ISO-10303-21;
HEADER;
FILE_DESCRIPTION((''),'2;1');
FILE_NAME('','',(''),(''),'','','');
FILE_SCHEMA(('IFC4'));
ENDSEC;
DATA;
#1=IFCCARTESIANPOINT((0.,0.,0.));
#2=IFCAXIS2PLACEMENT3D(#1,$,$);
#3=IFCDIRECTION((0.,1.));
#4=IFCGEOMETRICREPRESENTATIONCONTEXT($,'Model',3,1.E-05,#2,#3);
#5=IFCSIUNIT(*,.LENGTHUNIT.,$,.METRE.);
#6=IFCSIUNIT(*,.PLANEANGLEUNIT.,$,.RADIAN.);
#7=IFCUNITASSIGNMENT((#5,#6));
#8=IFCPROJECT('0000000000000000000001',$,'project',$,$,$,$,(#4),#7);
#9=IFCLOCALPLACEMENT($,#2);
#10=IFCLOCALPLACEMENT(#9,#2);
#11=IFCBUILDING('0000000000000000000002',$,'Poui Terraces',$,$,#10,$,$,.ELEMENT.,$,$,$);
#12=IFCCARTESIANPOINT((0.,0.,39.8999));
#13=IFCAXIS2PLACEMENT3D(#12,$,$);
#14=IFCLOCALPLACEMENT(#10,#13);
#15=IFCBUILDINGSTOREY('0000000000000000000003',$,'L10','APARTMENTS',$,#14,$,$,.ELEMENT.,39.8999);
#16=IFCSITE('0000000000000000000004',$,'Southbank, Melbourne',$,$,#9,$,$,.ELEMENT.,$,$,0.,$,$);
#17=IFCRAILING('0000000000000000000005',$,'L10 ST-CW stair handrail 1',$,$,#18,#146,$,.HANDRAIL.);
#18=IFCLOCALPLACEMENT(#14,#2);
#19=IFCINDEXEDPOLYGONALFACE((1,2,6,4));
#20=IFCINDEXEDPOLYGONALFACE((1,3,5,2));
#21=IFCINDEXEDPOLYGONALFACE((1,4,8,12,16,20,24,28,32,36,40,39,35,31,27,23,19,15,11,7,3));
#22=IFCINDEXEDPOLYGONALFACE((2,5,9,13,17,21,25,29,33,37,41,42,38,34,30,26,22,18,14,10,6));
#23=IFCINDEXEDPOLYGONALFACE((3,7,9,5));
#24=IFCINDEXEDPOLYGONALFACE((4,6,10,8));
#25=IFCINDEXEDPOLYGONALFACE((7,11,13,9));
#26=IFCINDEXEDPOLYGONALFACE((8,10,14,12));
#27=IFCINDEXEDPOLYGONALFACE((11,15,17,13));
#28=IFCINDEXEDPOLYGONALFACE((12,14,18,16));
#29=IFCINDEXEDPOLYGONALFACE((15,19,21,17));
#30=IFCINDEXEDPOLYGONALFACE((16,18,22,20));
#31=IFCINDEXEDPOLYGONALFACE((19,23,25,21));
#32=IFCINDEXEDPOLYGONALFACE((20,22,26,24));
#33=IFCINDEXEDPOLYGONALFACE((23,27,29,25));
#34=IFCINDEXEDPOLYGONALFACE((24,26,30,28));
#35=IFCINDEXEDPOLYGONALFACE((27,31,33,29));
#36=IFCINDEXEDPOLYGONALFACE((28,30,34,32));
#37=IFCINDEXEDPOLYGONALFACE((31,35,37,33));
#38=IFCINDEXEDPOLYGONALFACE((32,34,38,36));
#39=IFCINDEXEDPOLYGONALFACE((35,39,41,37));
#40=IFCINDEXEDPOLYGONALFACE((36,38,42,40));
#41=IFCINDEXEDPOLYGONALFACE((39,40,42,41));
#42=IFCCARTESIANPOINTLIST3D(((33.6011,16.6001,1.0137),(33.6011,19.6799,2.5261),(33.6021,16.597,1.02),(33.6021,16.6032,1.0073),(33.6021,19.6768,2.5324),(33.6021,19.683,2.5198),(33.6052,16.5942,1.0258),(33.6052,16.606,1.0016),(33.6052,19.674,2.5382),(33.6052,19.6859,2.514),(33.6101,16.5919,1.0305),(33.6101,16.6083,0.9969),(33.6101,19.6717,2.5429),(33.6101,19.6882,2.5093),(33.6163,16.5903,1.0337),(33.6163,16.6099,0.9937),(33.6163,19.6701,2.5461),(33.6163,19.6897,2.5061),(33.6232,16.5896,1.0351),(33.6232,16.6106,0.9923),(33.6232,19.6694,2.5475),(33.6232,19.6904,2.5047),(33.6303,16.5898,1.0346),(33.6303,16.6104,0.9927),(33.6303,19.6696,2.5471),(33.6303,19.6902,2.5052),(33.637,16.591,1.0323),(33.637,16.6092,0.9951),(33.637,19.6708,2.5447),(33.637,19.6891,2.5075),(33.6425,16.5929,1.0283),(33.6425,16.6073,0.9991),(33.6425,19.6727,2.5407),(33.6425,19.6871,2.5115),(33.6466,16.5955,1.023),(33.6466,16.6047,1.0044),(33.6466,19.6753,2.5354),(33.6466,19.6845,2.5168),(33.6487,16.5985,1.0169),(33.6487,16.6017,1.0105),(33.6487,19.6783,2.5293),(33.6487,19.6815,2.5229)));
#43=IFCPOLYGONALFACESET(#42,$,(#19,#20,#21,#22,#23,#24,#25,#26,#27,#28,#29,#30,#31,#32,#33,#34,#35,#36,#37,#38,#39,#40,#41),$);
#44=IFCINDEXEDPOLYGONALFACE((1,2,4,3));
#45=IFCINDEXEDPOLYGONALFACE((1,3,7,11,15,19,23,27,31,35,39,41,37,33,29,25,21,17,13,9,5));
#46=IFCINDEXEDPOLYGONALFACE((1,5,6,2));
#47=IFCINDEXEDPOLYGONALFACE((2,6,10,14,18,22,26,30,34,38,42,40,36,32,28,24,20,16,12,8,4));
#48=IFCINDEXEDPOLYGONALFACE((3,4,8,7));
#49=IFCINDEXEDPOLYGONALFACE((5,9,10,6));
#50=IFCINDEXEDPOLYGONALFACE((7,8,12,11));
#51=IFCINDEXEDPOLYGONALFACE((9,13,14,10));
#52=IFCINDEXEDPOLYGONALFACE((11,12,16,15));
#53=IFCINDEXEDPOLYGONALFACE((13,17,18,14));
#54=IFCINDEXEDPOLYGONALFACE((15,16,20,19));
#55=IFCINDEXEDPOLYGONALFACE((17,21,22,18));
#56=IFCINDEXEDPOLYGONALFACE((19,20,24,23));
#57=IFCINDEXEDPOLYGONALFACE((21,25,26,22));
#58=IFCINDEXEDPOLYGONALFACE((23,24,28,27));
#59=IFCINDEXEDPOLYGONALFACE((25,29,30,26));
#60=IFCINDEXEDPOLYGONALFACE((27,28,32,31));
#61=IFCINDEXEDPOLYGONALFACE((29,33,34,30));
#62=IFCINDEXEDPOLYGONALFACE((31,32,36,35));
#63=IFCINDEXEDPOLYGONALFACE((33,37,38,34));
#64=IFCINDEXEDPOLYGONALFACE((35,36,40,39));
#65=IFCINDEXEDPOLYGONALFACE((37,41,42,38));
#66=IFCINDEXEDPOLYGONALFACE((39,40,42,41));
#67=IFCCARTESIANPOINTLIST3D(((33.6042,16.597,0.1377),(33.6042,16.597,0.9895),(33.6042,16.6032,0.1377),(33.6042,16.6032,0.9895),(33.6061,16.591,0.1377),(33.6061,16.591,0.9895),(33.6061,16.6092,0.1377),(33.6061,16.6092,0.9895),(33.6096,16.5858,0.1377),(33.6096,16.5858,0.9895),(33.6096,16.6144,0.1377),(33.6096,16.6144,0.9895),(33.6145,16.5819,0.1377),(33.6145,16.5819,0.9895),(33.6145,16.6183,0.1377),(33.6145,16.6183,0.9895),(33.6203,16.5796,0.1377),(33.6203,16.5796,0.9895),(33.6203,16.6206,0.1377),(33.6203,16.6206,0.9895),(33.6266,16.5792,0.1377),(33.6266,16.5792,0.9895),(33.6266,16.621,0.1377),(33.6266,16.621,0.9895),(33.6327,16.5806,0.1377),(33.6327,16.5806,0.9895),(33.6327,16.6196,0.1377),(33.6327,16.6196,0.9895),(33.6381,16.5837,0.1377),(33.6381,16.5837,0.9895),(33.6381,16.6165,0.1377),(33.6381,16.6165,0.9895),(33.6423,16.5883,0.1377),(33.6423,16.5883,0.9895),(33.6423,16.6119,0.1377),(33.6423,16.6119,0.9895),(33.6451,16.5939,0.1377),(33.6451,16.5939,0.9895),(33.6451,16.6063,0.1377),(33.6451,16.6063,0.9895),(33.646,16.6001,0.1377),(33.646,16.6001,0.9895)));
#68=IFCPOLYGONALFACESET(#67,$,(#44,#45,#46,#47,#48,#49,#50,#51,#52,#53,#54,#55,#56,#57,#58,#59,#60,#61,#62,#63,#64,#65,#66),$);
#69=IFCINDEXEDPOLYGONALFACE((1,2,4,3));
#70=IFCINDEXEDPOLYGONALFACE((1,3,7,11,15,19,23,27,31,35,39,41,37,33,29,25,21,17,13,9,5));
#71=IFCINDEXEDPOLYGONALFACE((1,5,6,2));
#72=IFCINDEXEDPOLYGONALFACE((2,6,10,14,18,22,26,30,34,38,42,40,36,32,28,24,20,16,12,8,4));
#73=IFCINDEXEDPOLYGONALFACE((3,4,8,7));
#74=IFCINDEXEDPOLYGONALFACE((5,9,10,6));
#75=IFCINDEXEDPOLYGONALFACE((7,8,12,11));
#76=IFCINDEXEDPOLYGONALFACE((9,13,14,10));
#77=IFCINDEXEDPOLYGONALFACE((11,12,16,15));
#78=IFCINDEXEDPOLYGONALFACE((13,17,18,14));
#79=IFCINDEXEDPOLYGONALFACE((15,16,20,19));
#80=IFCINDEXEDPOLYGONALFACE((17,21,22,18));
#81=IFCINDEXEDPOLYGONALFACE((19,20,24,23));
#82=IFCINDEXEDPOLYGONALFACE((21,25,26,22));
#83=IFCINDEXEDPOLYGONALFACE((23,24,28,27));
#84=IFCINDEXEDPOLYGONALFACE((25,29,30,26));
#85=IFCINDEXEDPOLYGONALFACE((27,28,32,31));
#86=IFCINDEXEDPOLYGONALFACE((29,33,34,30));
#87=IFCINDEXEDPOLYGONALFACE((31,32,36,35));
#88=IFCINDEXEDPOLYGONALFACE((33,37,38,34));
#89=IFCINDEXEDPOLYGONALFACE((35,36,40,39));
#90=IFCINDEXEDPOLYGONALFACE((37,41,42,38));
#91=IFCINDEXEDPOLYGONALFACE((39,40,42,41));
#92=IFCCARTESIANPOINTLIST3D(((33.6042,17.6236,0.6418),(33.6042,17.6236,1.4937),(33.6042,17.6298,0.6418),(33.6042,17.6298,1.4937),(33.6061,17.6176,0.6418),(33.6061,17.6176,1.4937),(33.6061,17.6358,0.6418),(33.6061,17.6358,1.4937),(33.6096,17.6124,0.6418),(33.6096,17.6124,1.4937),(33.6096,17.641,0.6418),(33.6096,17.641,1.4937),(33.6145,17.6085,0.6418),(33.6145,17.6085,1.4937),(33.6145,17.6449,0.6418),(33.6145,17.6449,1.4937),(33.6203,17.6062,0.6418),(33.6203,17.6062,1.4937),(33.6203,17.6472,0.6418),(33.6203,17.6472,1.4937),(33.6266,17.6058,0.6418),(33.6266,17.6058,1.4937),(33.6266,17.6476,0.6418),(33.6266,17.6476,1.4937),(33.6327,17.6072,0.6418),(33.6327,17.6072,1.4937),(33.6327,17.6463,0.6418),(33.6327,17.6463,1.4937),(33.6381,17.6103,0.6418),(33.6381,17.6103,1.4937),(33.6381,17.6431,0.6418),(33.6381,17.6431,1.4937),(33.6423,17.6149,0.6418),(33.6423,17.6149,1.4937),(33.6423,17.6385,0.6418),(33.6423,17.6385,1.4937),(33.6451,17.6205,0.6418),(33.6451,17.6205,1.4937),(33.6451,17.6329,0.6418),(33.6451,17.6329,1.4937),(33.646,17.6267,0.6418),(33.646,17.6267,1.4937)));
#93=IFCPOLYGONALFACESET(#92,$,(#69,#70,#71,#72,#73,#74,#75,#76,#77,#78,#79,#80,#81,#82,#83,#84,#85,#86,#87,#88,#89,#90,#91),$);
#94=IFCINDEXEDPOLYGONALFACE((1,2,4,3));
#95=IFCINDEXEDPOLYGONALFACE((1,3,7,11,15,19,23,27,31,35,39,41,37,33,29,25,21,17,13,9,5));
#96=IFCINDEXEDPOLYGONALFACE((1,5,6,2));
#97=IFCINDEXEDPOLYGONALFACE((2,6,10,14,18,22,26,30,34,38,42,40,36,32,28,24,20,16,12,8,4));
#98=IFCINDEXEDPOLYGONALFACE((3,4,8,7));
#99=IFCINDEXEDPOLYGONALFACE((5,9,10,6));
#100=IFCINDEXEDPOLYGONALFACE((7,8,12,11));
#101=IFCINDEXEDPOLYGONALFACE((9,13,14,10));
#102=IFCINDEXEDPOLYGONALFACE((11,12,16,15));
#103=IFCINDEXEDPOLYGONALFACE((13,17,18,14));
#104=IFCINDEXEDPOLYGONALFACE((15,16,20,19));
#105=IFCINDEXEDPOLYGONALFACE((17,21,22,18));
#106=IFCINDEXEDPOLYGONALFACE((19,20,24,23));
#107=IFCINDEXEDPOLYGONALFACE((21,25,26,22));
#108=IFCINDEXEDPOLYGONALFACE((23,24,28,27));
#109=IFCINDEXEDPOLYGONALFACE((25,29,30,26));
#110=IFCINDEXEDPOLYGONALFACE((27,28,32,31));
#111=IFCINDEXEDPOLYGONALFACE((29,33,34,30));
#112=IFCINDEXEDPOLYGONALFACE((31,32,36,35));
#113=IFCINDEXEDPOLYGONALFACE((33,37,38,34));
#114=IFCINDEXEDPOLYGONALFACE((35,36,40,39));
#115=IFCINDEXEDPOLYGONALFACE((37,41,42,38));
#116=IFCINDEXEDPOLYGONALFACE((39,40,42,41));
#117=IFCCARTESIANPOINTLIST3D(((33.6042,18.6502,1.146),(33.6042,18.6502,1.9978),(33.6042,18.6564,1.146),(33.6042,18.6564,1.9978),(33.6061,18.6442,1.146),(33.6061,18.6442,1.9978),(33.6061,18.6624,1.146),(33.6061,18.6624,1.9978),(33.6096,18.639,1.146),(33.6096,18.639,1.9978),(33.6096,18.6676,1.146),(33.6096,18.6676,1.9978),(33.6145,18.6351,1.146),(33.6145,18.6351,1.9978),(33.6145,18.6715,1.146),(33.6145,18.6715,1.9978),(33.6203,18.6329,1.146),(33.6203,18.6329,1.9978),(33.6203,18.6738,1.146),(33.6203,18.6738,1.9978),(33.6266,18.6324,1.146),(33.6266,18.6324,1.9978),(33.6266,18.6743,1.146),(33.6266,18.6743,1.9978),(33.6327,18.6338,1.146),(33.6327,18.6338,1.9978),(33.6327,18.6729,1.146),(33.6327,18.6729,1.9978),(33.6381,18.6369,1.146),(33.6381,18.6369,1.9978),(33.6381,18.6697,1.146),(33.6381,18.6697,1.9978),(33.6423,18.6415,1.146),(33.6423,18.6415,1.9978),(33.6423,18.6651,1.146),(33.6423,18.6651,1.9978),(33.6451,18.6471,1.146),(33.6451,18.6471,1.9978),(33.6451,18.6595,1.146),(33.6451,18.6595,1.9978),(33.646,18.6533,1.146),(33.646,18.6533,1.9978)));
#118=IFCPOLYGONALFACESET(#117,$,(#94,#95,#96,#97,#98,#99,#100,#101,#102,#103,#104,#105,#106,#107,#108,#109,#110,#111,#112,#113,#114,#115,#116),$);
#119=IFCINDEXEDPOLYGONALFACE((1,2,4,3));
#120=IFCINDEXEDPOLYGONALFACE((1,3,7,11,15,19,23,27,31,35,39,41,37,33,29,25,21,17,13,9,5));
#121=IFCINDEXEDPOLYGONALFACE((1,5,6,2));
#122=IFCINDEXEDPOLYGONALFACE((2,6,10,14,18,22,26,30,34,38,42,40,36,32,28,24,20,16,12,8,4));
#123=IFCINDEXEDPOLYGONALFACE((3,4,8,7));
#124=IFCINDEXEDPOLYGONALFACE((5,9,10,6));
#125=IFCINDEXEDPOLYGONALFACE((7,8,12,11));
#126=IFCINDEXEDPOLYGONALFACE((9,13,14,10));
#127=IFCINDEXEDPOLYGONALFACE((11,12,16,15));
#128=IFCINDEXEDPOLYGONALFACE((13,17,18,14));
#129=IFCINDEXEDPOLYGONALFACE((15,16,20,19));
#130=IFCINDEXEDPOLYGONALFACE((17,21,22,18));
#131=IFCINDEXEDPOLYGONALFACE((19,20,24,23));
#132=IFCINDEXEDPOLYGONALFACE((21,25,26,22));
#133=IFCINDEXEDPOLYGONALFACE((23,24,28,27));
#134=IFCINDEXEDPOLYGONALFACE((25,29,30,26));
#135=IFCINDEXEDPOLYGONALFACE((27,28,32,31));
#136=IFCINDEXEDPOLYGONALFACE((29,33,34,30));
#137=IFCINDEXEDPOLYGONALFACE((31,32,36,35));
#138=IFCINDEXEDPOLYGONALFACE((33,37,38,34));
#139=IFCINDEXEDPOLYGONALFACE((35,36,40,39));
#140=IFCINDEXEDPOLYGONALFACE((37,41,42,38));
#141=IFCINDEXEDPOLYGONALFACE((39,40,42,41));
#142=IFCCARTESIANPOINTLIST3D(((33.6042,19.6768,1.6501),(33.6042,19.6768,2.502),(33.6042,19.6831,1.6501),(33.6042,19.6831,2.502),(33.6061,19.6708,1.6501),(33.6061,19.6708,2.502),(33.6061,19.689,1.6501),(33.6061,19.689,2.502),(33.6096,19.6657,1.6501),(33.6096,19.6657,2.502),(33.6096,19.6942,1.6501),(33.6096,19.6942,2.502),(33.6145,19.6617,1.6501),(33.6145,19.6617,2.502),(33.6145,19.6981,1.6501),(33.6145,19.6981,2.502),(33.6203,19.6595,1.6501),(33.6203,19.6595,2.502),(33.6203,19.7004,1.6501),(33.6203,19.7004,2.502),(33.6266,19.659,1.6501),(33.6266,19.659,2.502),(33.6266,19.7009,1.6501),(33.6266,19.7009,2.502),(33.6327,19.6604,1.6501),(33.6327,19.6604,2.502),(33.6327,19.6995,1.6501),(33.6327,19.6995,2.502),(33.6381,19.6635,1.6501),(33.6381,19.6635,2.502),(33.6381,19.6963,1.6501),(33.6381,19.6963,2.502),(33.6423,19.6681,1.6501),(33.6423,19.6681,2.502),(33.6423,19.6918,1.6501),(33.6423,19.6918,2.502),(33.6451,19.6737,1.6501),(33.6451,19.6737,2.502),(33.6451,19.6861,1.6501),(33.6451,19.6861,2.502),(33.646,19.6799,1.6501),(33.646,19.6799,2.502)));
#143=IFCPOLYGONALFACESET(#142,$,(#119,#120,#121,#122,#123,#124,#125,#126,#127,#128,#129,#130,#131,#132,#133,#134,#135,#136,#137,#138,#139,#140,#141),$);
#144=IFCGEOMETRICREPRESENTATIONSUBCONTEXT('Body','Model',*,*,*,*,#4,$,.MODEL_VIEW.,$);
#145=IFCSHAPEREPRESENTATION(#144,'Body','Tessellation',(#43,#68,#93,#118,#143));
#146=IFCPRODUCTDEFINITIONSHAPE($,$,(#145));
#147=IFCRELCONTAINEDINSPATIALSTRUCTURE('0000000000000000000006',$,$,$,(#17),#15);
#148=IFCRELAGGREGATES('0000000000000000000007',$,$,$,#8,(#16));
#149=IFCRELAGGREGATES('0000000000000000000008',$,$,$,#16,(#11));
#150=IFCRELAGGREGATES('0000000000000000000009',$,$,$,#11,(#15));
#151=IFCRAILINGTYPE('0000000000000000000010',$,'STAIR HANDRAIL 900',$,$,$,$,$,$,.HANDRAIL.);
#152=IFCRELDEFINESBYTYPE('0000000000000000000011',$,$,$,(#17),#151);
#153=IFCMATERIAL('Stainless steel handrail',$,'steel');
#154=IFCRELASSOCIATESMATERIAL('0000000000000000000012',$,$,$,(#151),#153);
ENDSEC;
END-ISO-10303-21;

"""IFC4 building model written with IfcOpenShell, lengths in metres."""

from ifc_helpers import new_model, si_unit, direction, frame, origin, origin_2d, place, context, subcontext, project, spatial, circle, extrude, material, type_object, element, save


model = new_model("IFC4")

# Units and contexts
model_context = context("Model", 3, precision=1e-05, world=origin(), true_north=direction((0.0, 1.0)))
body_context = subcontext(model_context, "Body", "Model", "MODEL_VIEW")
ifc_project = project(units=[si_unit("LENGTHUNIT", "METRE"), si_unit("PLANEANGLEUNIT", "RADIAN")], contexts=[model_context])

# Site, building, storey
site_placement = place(None, origin())
site = spatial("IfcSite", under=ifc_project, at=site_placement, Name="Southbank, Melbourne", CompositionType="ELEMENT", RefElevation=0.0)
building_placement = place(site_placement, origin())
building = spatial("IfcBuilding", under=site, at=building_placement, Name="Poui Terraces", CompositionType="ELEMENT")
storey_placement = place(building_placement, frame((0.0, 0.0, 39.8999)))
storey = spatial("IfcBuildingStorey", under=building, at=storey_placement, Name="L10", Description="APARTMENTS", CompositionType="ELEMENT", Elevation=39.8999)

# Railing
ifc_material_1 = material(Name="Stainless steel handrail", Category="steel")
railing_type = type_object("IfcRailingType", Name="STAIR HANDRAIL 900", PredefinedType="HANDRAIL", material=ifc_material_1)
railing_placement = place(storey_placement, frame((33.625, 16.6001, 0.1377)))
element("IfcRailing", 1, at=railing_placement, inside=storey, type_object=railing_type, Name="L10 ST-CW stair handrail 1", PredefinedType="HANDRAIL", context=body_context, shape_type="SweptSolid", body=[
    extrude(circle(Radius=0.0239, at=origin_2d()), frame((0.0, 0.0, 0.876), z_axis=(0.0, 0.897606, 0.440798), x_axis=(-1.0, 0.0, 0.0)), (0.0, 0.0, 1.0), 3.4312),
    extrude(circle(Radius=0.021, at=origin_2d()), origin(), (0.0, 0.0, 1.0), 0.8518),
    extrude(circle(Radius=0.021, at=origin_2d()), frame((0.0, 1.0266, 0.5042)), (0.0, 0.0, 1.0), 0.8518),
    extrude(circle(Radius=0.021, at=origin_2d()), frame((0.0, 2.0532, 1.0083)), (0.0, 0.0, 1.0), 0.8518),
    extrude(circle(Radius=0.021, at=origin_2d()), frame((0.0, 3.0798, 1.5125)), (0.0, 0.0, 1.0), 0.8518),
])

save(model, "model.ifc")
